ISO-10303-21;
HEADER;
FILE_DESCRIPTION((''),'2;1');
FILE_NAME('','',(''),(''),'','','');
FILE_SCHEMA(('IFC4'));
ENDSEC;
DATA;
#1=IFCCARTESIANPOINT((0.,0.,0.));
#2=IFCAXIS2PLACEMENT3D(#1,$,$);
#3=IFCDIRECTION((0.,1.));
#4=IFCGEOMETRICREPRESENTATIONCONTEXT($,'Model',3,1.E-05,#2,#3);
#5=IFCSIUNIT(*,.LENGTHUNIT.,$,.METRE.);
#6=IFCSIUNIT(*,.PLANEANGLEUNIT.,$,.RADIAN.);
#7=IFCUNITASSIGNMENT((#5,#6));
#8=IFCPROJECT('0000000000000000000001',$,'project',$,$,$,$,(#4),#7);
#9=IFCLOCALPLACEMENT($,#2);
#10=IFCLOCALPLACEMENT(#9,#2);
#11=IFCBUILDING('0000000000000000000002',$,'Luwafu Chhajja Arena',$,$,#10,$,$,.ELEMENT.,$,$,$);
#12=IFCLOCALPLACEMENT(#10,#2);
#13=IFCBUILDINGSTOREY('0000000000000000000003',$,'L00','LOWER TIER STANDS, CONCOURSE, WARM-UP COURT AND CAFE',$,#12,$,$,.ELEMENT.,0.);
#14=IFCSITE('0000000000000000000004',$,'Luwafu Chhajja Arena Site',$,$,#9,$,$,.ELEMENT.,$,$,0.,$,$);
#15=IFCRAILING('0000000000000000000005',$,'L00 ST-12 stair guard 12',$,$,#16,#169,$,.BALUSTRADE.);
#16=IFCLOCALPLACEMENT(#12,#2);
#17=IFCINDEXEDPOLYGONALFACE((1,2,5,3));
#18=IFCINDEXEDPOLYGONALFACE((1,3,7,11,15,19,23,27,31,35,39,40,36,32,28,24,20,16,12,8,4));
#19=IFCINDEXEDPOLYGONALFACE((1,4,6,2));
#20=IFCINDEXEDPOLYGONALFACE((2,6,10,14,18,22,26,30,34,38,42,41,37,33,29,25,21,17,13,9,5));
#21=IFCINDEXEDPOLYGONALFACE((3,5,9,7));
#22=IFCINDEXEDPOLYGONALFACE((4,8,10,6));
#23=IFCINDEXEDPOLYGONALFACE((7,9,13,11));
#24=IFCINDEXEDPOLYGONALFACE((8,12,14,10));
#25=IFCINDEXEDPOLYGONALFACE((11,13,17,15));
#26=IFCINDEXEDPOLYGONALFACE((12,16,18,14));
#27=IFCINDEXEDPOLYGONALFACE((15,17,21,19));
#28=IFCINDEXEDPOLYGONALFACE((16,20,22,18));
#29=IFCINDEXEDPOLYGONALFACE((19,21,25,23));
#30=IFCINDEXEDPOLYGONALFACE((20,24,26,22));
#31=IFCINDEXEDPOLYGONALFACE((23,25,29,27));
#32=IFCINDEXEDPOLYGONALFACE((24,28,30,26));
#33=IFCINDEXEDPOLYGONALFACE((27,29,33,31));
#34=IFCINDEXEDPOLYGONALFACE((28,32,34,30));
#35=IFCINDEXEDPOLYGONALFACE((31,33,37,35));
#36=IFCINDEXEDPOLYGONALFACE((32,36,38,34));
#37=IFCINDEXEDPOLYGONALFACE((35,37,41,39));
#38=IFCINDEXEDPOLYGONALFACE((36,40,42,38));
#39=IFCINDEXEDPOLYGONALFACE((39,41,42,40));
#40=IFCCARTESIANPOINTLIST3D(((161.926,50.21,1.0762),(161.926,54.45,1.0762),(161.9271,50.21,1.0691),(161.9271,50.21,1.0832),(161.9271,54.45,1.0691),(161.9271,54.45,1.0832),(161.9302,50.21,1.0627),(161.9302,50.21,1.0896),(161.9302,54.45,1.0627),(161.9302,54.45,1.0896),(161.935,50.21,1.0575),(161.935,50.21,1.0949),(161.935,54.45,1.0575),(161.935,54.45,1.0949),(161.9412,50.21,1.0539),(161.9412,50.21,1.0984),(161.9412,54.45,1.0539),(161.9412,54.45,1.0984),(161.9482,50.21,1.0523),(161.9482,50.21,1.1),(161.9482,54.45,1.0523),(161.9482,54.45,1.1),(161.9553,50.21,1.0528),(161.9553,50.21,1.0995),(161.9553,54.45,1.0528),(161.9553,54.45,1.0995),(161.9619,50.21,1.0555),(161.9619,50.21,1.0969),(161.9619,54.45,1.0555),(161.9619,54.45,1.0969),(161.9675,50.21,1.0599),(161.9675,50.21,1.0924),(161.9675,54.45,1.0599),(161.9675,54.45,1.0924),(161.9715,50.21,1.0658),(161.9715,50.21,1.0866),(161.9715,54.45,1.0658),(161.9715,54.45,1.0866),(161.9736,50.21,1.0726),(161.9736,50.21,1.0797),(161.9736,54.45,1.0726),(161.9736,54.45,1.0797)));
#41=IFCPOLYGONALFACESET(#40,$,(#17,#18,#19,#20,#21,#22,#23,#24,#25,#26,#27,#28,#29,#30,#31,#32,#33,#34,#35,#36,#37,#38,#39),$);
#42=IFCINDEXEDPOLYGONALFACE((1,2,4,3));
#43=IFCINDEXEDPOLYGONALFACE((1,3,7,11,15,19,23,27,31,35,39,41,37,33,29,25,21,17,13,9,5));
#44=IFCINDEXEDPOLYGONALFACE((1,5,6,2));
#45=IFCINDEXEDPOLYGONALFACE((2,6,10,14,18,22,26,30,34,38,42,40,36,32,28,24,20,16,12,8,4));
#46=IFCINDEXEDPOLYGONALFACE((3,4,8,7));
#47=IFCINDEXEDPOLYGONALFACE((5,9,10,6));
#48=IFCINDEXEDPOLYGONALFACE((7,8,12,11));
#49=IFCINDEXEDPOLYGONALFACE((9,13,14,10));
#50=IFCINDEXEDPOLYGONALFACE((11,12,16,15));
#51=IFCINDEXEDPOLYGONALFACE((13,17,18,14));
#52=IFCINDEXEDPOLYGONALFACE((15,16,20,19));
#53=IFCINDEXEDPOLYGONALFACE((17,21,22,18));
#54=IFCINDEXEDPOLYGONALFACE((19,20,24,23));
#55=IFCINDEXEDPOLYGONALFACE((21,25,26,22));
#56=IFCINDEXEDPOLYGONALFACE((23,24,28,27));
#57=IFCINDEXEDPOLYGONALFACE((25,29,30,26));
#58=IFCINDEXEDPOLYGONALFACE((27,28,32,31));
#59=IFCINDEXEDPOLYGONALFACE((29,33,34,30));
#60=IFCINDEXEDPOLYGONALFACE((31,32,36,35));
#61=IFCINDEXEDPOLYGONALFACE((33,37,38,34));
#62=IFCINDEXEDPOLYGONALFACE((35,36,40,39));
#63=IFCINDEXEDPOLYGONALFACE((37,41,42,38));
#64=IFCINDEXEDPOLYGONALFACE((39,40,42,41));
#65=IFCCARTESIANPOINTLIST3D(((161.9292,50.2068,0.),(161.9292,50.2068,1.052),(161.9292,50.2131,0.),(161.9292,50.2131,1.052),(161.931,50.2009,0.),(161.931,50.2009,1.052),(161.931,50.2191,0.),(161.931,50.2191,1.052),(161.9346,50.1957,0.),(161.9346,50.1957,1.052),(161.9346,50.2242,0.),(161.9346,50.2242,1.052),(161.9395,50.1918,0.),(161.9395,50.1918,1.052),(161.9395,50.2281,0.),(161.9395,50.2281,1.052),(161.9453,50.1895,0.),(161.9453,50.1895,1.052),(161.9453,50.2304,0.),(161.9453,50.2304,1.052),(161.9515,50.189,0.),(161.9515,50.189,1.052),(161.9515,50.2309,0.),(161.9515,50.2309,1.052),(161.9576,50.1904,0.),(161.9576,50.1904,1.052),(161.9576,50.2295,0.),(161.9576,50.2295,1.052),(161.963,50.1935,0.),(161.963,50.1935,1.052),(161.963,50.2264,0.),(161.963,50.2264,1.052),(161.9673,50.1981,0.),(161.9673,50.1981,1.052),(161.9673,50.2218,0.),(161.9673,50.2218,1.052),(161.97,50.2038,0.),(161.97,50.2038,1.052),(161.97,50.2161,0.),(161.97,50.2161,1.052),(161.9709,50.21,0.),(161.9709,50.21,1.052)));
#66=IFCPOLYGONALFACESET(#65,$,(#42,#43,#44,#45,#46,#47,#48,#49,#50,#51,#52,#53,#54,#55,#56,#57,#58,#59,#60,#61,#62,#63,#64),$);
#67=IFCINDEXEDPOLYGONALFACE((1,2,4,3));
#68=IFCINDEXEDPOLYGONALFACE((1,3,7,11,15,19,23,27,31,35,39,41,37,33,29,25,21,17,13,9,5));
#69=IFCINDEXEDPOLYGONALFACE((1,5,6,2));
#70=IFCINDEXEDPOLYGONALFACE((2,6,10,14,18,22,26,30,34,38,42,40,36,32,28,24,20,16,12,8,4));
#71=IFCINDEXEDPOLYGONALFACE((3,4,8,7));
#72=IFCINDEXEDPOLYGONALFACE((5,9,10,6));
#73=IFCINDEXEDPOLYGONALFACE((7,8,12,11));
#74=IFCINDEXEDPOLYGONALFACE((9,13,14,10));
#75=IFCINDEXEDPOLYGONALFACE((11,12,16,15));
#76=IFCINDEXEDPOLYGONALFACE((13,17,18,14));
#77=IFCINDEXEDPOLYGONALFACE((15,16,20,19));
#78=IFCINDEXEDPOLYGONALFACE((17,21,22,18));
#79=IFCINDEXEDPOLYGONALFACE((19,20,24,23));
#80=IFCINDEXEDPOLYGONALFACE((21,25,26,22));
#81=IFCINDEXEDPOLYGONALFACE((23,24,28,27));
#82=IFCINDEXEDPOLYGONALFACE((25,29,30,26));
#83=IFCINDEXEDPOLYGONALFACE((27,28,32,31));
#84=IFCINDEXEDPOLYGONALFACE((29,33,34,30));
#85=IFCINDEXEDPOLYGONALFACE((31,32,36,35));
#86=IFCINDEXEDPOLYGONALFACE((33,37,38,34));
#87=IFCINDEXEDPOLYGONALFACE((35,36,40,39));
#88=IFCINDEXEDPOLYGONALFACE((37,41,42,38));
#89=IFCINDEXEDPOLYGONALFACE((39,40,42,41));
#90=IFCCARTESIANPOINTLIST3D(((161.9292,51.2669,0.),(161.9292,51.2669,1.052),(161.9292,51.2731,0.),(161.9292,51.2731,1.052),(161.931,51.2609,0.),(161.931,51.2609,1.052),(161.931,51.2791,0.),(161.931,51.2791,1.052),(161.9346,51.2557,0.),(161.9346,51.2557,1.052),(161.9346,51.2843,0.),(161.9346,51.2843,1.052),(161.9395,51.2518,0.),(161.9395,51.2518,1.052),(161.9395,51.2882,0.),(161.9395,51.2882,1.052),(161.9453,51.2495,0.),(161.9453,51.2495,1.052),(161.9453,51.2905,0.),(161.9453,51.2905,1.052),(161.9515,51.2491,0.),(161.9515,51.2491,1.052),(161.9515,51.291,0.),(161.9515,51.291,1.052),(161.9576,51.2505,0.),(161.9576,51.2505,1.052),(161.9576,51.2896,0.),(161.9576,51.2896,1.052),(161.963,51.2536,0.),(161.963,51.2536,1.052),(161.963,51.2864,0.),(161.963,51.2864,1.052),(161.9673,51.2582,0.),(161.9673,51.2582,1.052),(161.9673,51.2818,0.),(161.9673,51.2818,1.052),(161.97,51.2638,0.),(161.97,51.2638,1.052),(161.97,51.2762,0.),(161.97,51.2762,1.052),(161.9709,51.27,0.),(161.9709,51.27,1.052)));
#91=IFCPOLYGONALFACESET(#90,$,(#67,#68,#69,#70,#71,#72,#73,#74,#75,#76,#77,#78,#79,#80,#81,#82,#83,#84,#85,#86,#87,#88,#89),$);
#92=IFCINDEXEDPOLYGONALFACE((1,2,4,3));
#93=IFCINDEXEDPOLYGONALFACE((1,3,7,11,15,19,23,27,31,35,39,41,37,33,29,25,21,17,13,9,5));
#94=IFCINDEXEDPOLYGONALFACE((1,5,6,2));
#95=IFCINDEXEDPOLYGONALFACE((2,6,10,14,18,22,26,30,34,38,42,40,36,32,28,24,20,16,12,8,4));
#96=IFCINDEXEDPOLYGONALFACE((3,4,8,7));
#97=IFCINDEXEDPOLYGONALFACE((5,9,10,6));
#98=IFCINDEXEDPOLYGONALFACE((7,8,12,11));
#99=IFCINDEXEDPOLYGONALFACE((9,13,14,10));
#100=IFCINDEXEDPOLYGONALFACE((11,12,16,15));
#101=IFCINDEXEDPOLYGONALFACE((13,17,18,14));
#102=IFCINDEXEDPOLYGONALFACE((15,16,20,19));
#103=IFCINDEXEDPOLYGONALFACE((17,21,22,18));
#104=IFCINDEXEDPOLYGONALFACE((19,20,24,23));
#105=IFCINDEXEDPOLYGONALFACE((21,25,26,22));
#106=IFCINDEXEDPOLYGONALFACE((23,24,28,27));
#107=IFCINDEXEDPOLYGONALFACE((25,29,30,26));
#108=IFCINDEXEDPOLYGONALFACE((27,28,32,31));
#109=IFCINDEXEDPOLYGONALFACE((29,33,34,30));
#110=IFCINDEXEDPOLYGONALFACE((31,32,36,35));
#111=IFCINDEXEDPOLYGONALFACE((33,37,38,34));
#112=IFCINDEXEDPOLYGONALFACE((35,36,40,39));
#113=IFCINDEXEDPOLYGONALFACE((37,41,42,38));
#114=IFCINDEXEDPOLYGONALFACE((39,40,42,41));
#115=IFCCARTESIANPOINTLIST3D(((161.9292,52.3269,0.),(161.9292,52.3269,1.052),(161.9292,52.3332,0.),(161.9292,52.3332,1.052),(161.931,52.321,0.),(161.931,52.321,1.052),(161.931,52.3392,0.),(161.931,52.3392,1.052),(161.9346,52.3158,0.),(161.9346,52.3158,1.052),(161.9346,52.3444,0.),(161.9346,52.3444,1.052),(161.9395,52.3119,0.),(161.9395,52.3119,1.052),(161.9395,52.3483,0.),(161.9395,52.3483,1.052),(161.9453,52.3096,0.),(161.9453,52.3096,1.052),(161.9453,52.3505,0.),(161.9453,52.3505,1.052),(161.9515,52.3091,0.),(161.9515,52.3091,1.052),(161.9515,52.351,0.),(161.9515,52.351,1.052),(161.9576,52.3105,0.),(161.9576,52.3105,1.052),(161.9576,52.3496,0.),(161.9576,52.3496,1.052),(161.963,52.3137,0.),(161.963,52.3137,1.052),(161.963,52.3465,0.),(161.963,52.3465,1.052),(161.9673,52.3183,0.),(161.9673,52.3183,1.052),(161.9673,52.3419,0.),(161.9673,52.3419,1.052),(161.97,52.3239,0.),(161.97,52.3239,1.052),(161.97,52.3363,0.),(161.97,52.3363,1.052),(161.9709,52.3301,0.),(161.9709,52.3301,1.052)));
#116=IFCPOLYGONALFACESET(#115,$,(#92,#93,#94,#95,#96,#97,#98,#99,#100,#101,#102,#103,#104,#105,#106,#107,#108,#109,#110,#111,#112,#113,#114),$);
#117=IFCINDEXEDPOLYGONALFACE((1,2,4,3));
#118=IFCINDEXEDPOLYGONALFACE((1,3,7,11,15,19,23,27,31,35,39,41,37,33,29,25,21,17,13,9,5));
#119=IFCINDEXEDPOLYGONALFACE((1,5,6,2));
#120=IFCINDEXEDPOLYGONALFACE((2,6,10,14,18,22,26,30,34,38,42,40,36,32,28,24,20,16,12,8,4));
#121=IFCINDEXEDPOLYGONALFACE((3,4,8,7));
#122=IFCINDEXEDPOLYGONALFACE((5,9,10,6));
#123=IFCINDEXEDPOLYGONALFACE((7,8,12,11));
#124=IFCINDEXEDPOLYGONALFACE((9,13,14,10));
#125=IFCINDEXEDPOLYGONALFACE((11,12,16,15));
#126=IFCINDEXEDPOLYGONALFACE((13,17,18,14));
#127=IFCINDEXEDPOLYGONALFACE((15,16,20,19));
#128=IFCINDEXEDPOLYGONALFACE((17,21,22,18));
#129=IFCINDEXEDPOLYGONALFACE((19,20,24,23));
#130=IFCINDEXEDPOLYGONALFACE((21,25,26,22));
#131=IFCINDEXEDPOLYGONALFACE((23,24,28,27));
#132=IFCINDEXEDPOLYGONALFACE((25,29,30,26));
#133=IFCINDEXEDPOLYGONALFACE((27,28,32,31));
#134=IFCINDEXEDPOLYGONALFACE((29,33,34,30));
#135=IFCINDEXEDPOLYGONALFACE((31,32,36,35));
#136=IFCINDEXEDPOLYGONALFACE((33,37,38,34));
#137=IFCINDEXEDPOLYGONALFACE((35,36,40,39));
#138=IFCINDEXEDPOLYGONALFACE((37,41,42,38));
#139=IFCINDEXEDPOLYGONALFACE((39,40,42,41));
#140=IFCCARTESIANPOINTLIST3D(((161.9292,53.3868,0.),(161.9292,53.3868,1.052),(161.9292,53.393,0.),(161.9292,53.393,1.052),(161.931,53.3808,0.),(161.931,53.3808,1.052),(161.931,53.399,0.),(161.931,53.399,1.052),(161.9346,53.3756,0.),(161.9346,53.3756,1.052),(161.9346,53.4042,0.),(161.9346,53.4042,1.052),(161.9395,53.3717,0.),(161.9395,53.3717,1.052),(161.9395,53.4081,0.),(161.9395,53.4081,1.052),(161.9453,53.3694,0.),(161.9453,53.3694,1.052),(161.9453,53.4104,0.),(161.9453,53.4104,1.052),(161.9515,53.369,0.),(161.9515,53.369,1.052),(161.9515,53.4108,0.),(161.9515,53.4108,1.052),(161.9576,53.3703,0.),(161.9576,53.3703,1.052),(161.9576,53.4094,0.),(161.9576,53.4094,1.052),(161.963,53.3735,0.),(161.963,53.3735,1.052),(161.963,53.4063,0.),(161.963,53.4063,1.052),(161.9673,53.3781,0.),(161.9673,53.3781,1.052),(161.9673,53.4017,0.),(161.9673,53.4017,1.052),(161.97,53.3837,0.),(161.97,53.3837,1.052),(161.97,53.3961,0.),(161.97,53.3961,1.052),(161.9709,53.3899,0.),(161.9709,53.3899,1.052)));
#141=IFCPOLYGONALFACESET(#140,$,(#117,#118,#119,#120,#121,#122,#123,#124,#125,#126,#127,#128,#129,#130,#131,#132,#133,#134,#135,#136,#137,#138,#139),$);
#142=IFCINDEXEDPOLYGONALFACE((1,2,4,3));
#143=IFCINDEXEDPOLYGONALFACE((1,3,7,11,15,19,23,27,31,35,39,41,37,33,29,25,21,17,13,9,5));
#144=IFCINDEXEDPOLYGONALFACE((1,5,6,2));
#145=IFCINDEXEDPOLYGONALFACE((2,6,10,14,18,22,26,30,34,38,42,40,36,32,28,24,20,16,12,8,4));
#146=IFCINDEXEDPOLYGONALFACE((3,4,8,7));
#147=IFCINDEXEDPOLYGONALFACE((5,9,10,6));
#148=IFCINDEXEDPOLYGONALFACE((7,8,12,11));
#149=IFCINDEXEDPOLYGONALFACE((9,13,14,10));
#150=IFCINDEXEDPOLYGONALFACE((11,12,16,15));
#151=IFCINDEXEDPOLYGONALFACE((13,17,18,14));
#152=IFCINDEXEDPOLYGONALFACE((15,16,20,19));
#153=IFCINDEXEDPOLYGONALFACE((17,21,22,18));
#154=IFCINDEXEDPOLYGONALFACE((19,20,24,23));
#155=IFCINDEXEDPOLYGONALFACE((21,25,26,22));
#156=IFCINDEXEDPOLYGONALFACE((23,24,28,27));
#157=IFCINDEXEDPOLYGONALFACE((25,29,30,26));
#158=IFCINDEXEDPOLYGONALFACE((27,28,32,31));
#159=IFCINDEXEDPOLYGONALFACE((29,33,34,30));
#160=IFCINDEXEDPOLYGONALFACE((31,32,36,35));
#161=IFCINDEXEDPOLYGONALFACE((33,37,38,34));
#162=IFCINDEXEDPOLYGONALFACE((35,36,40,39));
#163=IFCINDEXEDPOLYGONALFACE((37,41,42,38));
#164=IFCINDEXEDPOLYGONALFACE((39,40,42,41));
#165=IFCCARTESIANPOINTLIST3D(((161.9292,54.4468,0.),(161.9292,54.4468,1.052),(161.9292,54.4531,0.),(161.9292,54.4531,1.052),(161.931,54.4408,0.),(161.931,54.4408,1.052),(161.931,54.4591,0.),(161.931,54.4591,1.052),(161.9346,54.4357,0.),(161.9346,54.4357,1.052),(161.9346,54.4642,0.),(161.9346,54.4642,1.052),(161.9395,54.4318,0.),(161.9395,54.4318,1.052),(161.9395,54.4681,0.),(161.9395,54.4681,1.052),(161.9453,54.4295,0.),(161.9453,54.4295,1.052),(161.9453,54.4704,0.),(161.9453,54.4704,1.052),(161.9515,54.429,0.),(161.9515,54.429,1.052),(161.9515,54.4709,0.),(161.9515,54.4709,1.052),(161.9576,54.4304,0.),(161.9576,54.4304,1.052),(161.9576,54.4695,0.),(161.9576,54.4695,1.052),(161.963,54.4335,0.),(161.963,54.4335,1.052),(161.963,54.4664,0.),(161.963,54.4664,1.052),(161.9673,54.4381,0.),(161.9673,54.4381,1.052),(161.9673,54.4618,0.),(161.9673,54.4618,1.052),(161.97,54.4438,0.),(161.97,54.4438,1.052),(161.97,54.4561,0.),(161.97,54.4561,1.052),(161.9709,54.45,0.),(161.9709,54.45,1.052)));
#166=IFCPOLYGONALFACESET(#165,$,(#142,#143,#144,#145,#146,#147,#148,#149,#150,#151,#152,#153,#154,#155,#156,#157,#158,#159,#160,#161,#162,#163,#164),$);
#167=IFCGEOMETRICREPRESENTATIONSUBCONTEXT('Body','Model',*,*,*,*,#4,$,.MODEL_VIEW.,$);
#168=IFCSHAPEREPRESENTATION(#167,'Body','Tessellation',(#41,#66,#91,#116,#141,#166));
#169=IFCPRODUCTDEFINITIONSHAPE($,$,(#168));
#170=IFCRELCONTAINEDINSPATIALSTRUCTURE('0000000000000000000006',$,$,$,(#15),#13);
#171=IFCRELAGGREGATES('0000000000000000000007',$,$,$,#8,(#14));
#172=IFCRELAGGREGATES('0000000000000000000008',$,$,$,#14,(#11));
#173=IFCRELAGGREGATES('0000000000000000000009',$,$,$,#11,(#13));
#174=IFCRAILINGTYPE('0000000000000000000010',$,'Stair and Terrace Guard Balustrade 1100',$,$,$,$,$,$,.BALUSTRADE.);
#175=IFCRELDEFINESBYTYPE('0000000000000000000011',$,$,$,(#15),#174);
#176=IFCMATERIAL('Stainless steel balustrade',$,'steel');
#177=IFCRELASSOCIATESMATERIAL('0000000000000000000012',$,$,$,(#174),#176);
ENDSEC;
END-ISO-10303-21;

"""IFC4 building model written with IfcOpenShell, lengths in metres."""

from ifc_helpers import new_model, si_unit, direction, frame, origin, origin_2d, place, context, subcontext, project, spatial, circle, extrude, material, type_object, element, save


model = new_model("IFC4")

# Units and contexts
model_context = context("Model", 3, precision=1e-05, world=origin(), true_north=direction((0.0, 1.0)))
body_context = subcontext(model_context, "Body", "Model", "MODEL_VIEW")
ifc_project = project(units=[si_unit("LENGTHUNIT", "METRE"), si_unit("PLANEANGLEUNIT", "RADIAN")], contexts=[model_context])

# Site, building, storey
site_placement = place(None, origin())
site = spatial("IfcSite", under=ifc_project, at=site_placement, Name="Luwafu Chhajja Arena Site", CompositionType="ELEMENT", RefElevation=0.0)
building_placement = place(site_placement, origin())
building = spatial("IfcBuilding", under=site, at=building_placement, Name="Luwafu Chhajja Arena", CompositionType="ELEMENT")
storey_placement = place(building_placement, origin())
storey = spatial("IfcBuildingStorey", under=building, at=storey_placement, Name="L00", Description="LOWER TIER STANDS, CONCOURSE, WARM-UP COURT AND CAFE", CompositionType="ELEMENT", Elevation=0.0)

# Railing
ifc_material_1 = material(Name="Stainless steel balustrade", Category="steel")
railing_type_1 = type_object("IfcRailingType", Name="Stair and Terrace Guard Balustrade 1100", PredefinedType="BALUSTRADE", material=ifc_material_1)
railing_1_placement = place(storey_placement, frame((161.95, 50.21, 0.0)))
element("IfcRailing", 1, at=railing_1_placement, inside=storey, type_object=railing_type_1, Name="L00 ST-12 stair guard 12", PredefinedType="BALUSTRADE", context=body_context, shape_type="SweptSolid", body=[
    extrude(circle(Radius=0.0239, at=origin_2d()), frame((0.0, 0.0, 1.0762), z_axis=(0.0, 1.0, 0.0), x_axis=(-1.0, 0.0, 0.0)), (0.0, 0.0, 1.0), 4.24),
    extrude(circle(Radius=0.021, at=origin_2d()), origin(), (0.0, 0.0, 1.0), 1.052),
    extrude(circle(Radius=0.021, at=origin_2d()), frame((0.0, 1.0601, 0.0)), (0.0, 0.0, 1.0), 1.052),
    extrude(circle(Radius=0.021, at=origin_2d()), frame((0.0, 2.1201, 0.0)), (0.0, 0.0, 1.0), 1.052),
    extrude(circle(Radius=0.021, at=origin_2d()), frame((0.0, 3.1799, 0.0)), (0.0, 0.0, 1.0), 1.052),
    extrude(circle(Radius=0.021, at=origin_2d()), frame((0.0, 4.24, 0.0)), (0.0, 0.0, 1.0), 1.052),
])

save(model, "model.ifc")
